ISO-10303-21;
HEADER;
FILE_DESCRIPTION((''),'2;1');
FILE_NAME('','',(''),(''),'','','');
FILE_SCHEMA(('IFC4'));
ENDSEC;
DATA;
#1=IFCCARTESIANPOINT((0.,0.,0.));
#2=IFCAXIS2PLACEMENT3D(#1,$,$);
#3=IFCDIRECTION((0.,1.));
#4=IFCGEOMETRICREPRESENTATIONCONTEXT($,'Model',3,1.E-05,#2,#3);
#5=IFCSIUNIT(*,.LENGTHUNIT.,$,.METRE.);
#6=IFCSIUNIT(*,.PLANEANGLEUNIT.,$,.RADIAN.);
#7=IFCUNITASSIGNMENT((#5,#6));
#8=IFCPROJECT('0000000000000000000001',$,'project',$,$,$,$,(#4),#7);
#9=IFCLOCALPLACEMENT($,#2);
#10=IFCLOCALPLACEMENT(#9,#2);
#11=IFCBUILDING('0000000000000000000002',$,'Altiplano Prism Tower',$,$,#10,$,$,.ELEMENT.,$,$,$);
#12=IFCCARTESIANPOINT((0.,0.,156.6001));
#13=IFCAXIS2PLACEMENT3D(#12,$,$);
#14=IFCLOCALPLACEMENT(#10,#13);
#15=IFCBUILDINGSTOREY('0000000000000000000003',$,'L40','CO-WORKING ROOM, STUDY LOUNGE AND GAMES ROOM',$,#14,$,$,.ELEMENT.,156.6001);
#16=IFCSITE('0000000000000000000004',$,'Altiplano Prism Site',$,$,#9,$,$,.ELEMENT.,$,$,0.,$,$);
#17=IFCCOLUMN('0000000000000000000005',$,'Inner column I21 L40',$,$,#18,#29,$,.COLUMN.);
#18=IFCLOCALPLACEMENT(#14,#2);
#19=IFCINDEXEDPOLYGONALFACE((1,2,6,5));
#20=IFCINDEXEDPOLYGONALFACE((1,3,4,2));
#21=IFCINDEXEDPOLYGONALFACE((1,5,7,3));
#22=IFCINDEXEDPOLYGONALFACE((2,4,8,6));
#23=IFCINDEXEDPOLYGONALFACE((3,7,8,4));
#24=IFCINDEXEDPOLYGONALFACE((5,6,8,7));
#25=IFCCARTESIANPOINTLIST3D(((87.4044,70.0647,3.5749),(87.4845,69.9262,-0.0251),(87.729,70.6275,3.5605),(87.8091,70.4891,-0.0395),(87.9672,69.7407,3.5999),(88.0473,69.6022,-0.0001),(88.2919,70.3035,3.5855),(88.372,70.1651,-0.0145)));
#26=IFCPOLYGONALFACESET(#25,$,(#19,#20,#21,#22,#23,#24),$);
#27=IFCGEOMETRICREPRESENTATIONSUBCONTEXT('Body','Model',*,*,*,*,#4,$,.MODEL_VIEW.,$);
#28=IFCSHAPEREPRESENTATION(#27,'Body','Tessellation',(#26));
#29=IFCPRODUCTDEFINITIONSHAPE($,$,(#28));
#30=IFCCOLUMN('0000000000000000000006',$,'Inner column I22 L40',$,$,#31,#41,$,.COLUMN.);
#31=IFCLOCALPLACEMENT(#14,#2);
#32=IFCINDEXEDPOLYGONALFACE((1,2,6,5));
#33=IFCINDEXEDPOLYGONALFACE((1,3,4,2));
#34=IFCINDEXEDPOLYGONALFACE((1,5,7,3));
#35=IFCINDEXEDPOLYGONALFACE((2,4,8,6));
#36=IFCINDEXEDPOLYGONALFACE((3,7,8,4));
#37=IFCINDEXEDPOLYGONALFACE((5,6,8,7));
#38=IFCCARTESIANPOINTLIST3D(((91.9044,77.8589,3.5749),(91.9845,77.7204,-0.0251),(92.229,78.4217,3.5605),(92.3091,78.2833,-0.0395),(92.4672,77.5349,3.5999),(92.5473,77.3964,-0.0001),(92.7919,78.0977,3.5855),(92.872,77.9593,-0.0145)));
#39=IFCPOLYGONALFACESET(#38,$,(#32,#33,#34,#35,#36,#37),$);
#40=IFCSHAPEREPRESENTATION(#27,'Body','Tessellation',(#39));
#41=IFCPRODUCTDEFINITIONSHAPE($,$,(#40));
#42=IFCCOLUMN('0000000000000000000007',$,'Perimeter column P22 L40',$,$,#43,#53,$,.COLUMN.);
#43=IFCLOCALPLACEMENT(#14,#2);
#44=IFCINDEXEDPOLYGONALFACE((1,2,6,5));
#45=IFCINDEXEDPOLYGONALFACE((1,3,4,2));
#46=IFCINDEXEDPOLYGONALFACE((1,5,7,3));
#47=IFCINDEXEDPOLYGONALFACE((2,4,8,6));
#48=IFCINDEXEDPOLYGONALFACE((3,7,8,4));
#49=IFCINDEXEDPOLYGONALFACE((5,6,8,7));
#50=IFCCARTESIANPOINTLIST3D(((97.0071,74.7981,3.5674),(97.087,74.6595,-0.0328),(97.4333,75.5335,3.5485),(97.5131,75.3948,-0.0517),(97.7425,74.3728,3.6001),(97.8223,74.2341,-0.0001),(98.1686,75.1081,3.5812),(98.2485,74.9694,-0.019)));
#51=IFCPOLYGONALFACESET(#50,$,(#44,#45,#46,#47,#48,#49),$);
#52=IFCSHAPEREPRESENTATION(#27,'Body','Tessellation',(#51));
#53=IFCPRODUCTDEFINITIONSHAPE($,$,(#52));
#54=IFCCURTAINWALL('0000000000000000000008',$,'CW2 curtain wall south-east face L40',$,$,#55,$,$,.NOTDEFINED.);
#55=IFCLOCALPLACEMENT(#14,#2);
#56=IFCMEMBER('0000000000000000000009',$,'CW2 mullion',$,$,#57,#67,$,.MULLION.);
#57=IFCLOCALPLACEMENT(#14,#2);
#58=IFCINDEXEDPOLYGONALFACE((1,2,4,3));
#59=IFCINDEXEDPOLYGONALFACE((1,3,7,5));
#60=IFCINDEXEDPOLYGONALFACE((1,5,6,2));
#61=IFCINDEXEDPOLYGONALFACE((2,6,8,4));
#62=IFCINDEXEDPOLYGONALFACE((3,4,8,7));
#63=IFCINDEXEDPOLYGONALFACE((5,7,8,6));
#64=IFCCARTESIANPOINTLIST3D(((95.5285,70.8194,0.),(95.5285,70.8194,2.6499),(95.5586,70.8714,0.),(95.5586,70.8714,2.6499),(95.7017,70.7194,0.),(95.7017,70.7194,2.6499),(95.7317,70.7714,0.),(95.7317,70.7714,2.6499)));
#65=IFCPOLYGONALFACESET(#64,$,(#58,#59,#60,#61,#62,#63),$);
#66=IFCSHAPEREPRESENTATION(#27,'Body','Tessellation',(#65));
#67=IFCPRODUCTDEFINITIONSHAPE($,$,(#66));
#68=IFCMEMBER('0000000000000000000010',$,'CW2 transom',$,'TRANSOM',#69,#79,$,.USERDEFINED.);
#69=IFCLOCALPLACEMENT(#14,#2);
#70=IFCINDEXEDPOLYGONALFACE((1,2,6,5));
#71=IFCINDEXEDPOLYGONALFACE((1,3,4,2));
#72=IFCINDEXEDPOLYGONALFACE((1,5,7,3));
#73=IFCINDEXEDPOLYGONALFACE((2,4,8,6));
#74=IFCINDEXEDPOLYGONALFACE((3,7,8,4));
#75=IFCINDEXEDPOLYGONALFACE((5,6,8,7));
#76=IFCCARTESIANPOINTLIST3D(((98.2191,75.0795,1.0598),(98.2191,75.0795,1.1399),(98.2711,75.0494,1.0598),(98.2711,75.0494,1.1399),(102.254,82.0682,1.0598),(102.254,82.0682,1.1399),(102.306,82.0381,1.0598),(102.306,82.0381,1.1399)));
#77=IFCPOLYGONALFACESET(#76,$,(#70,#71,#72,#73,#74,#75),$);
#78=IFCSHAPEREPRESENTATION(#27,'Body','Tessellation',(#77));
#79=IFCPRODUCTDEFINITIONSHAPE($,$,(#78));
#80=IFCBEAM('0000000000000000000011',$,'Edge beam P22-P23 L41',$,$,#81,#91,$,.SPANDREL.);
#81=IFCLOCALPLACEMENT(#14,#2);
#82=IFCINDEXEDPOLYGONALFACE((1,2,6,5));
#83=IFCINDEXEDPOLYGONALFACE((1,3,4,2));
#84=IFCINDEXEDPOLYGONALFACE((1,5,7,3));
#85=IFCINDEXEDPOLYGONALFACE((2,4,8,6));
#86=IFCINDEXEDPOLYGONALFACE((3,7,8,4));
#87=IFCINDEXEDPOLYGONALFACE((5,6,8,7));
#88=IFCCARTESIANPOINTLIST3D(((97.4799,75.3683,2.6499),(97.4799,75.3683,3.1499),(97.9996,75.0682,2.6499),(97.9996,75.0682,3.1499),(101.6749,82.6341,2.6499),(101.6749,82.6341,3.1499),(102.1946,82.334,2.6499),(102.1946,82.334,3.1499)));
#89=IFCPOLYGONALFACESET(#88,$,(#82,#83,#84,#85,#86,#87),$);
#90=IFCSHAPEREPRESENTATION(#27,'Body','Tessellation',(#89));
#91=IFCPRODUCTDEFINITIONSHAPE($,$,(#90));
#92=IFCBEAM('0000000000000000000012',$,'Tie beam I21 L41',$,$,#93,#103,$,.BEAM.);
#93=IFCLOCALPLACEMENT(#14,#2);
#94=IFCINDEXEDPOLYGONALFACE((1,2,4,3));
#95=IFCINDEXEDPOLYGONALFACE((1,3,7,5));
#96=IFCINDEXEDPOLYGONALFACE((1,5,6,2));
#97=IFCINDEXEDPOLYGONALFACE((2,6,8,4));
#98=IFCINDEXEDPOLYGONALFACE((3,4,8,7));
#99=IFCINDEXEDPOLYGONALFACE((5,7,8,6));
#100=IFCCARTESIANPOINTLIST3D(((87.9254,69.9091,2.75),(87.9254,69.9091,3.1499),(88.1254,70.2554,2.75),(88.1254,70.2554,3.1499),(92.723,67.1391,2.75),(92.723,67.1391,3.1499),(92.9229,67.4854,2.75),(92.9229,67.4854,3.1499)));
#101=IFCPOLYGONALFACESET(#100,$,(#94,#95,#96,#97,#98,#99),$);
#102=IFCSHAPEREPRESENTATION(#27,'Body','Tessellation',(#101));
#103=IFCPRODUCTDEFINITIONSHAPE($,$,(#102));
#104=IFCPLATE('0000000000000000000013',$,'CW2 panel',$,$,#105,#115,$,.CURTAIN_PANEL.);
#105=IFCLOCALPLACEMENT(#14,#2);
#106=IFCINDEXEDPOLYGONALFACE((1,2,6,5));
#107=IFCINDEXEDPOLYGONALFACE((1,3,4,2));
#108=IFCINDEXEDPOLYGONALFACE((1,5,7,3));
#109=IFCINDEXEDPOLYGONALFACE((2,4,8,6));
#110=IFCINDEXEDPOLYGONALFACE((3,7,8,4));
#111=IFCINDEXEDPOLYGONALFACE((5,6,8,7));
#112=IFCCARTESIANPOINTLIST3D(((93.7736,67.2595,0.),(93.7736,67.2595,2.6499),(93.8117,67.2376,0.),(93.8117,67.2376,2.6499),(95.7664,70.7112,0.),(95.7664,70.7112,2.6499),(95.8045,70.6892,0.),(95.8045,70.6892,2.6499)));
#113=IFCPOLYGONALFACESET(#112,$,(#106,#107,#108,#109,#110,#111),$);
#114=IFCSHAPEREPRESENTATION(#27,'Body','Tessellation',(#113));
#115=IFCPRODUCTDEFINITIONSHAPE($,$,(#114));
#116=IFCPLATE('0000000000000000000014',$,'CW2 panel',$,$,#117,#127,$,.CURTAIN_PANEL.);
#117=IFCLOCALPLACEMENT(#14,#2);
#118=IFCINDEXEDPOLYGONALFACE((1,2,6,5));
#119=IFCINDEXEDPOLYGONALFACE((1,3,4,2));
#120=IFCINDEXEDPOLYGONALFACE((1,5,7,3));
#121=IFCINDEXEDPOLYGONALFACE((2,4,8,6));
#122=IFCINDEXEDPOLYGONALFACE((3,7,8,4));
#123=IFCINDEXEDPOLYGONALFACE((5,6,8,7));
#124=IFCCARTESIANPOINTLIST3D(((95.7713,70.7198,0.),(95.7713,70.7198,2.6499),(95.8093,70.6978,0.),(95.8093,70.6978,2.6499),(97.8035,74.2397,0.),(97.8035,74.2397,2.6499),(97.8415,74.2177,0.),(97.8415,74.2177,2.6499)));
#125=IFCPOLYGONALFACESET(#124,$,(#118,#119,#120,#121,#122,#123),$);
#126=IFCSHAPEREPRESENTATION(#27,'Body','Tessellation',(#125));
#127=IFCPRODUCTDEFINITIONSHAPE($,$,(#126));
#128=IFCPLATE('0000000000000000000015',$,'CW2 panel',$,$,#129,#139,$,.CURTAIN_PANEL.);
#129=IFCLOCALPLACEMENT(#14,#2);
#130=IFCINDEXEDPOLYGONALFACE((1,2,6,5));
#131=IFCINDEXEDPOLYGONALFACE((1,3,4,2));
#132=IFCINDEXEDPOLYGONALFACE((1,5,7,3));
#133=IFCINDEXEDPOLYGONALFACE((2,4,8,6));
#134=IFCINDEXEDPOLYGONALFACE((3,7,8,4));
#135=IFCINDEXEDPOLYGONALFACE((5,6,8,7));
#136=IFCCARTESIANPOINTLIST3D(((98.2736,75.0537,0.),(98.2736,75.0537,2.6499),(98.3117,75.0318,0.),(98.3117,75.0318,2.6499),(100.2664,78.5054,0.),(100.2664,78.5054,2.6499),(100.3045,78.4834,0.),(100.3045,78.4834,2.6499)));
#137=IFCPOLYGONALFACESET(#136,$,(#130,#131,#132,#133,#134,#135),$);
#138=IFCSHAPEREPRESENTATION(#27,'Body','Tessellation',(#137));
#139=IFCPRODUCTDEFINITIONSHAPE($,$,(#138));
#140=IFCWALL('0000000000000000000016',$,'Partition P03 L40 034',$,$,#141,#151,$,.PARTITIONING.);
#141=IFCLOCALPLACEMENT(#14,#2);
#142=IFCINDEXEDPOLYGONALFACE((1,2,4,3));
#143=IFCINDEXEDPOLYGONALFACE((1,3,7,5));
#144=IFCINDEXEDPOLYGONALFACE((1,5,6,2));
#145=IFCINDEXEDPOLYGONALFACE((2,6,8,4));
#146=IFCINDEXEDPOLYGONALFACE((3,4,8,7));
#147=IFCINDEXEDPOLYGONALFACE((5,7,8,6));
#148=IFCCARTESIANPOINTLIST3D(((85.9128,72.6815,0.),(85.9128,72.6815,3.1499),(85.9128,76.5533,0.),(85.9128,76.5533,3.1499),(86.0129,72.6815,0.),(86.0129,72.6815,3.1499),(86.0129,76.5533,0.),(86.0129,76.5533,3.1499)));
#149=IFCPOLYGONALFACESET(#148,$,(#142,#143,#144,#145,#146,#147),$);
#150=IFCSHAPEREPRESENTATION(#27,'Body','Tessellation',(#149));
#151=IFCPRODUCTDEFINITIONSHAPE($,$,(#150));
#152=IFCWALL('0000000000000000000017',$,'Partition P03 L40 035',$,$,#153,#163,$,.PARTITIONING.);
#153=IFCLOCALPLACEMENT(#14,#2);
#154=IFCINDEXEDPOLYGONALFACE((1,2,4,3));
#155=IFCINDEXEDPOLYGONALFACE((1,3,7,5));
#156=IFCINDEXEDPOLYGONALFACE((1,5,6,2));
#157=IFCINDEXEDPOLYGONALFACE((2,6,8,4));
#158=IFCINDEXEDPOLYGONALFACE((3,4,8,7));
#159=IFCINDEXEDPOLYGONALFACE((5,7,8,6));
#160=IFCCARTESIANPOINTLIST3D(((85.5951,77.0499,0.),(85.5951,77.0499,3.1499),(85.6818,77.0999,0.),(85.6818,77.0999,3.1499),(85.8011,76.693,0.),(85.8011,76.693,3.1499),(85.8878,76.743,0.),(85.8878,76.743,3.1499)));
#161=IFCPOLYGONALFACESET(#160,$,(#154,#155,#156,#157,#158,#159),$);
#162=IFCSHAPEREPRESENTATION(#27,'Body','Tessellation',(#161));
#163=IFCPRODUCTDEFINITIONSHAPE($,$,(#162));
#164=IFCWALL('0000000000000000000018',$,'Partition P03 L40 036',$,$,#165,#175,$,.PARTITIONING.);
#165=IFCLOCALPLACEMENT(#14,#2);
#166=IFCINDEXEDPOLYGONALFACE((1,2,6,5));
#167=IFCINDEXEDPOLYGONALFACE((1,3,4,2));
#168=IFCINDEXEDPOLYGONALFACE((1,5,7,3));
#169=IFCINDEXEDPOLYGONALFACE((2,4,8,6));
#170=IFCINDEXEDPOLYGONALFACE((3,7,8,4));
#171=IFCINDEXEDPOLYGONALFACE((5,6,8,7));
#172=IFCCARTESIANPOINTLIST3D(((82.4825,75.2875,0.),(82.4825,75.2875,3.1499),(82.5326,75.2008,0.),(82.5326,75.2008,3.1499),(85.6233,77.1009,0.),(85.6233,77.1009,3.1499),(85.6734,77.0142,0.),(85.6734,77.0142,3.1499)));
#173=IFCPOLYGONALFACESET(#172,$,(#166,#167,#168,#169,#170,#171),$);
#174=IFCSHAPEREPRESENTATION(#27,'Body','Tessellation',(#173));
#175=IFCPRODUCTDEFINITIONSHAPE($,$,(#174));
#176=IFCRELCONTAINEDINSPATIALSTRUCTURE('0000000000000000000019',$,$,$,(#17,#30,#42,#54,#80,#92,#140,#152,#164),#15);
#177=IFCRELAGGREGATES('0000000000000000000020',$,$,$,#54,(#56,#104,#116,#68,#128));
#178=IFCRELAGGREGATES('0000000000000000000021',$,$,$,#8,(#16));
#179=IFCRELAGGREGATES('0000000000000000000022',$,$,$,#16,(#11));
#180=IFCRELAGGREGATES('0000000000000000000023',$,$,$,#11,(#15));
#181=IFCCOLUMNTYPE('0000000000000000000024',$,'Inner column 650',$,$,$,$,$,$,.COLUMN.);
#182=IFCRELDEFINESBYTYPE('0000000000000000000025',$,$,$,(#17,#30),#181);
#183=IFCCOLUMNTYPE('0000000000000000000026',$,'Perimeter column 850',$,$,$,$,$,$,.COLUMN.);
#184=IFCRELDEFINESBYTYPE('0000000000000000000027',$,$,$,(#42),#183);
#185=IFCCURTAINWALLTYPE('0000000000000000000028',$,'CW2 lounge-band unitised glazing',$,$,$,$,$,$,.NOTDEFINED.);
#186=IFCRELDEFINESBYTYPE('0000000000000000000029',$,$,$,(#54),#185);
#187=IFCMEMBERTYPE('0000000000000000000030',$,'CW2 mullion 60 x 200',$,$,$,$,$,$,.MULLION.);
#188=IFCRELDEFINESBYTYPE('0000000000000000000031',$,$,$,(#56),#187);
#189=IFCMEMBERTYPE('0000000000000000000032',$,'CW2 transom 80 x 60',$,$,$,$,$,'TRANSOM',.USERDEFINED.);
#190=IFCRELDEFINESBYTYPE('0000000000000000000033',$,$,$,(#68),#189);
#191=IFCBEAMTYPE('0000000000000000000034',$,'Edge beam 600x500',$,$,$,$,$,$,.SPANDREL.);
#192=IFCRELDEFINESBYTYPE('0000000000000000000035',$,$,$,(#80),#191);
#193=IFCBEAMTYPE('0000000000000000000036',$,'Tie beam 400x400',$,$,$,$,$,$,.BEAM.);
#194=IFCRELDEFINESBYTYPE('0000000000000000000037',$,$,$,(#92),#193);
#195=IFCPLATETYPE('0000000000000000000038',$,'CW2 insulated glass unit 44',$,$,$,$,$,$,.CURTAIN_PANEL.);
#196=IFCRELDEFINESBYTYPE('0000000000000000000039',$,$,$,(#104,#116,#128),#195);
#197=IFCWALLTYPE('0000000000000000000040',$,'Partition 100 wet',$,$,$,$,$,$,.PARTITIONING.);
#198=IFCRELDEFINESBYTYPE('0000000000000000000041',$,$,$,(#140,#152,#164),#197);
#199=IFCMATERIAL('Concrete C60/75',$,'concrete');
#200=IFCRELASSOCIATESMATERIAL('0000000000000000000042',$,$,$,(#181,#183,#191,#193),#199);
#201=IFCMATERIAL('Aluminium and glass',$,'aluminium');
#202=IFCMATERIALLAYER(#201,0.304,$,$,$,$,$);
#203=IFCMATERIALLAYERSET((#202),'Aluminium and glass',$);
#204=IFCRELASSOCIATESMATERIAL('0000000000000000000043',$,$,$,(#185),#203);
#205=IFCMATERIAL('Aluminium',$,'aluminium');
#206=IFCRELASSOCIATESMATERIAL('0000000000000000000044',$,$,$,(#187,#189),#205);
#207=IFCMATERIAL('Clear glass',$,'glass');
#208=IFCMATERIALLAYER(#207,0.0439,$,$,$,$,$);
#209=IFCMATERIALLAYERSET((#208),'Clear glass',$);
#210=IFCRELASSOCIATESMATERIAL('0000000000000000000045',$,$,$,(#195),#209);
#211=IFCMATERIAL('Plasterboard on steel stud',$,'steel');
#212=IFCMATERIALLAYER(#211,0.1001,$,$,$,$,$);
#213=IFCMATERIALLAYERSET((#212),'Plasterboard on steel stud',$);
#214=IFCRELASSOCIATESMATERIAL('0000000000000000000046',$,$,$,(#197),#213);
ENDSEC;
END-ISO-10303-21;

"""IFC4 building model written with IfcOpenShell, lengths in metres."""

from ifc_helpers import new_model, si_unit, direction, frame, frame_2d, origin, origin_2d, place, context, subcontext, project, spatial, rectangle, extrude, material, layer, layer_set, material_profile, profile_set, type_object, element, aggregate, save


model = new_model("IFC4")

# Units and contexts
model_context = context("Model", 3, precision=1e-05, world=origin(), true_north=direction((0.0, 1.0)))
body_context = subcontext(model_context, "Body", "Model", "MODEL_VIEW")
ifc_project = project(units=[si_unit("LENGTHUNIT", "METRE"), si_unit("PLANEANGLEUNIT", "RADIAN")], contexts=[model_context])

# Site, building, storey
site_placement = place(None, origin())
site = spatial("IfcSite", under=ifc_project, at=site_placement, Name="Altiplano Prism Site", CompositionType="ELEMENT", RefElevation=0.0)
building_placement = place(site_placement, origin())
building = spatial("IfcBuilding", under=site, at=building_placement, Name="Altiplano Prism Tower", CompositionType="ELEMENT")
storey_placement = place(building_placement, frame((0.0, 0.0, 156.6001)))
storey = spatial("IfcBuildingStorey", under=building, at=storey_placement, Name="L40", Description="CO-WORKING ROOM, STUDY LOUNGE AND GAMES ROOM", CompositionType="ELEMENT", Elevation=156.6001)

# Columns
ifc_material_1 = material(Name="Concrete C60/75", Category="concrete")
ifc_material_profile_1 = material_profile(ifc_material_1, rectangle(XDim=0.6499, YDim=0.6499, at=origin_2d()), Name="Inner column 650")
ifc_profile_set_1 = profile_set([ifc_material_profile_1], Name="Concrete C60/75")
column_type_1 = type_object("IfcColumnType", Name="Inner column 650", PredefinedType="COLUMN", material=ifc_profile_set_1)
for number, where, z_axis, x_axis, name in (
    (1, (87.9282, 70.0457, -0.0198), (-0.022223, 0.038416, 0.999015), (-0.499508, -0.866025, 0.02219), "Inner column I21 L40"),
    (2, (92.4282, 77.8398, -0.0198), (-0.022223, 0.038416, 0.999015), (-0.499508, -0.866025, 0.02219), "Inner column I22 L40"),
):
    element("IfcColumn", number, at=place(storey_placement, frame(where, z_axis=z_axis, x_axis=x_axis)), inside=storey, type_object=column_type_1, Name=name, PredefinedType="COLUMN", context=body_context, shape_type="SweptSolid", body=[
        extrude(rectangle(XDim=0.6499, YDim=0.6499, at=origin_2d()), origin(), (0.0, 0.0, 1.0), 3.6035),
    ])
ifc_material_profile_2 = material_profile(ifc_material_1, rectangle(XDim=0.8501, YDim=0.8501, at=origin_2d()), Name="Perimeter column 850")
ifc_profile_set_2 = profile_set([ifc_material_profile_2], Name="Concrete C60/75")
column_type_2 = type_object("IfcColumnType", Name="Perimeter column 850", PredefinedType="COLUMN", material=ifc_profile_set_2)
column_placement = place(storey_placement, frame((97.6677, 74.8145, -0.0259), z_axis=(-0.022154, 0.038481, 0.999014), x_axis=(-0.501313, -0.864981, 0.022201)))
element("IfcColumn", 3, at=column_placement, inside=storey, type_object=column_type_2, Name="Perimeter column P22 L40", PredefinedType="COLUMN", context=body_context, shape_type="SweptSolid", body=[
    extrude(rectangle(XDim=0.8501, YDim=0.8501, at=origin_2d()), origin(), (0.0, 0.0, 1.0), 3.6038),
])

# Curtain wall, members
ifc_material_2 = material(Name="Aluminium and glass", Category="aluminium")
ifc_layer_1 = layer(ifc_material_2, 0.304)
ifc_layer_set_1 = layer_set([ifc_layer_1], Name="Aluminium and glass")
curtain_wall_type = type_object("IfcCurtainWallType", Name="CW2 lounge-band unitised glazing", PredefinedType="NOTDEFINED", material=ifc_layer_set_1)
curtain_wall_placement = place(storey_placement, origin())
curtain_wall = element("IfcCurtainWall", 4, at=curtain_wall_placement, inside=storey, type_object=curtain_wall_type, Name="CW2 curtain wall south-east face L40", PredefinedType="NOTDEFINED")
ifc_material_3 = material(Name="Aluminium", Category="aluminium")
ifc_material_profile_3 = material_profile(ifc_material_3, rectangle(XDim=0.2, YDim=0.0601, at=origin_2d()), Name="CW2 mullion 60 x 200")
ifc_profile_set_3 = profile_set([ifc_material_profile_3], Name="Aluminium")
member_type_1 = type_object("IfcMemberType", Name="CW2 mullion 60 x 200", PredefinedType="MULLION", material=ifc_profile_set_3)
member_1_placement = place(storey_placement, frame((95.6301, 70.7954, 0.0), z_axis=(0.0, 0.0, 1.0), x_axis=(-0.866025, 0.5, 0.0)))
member_1 = element("IfcMember", 5, at=member_1_placement, type_object=member_type_1, Name="CW2 mullion", PredefinedType="MULLION", context=body_context, shape_type="SweptSolid", body=[
    extrude(rectangle(XDim=0.2, YDim=0.0601, at=origin_2d()), origin(), (0.0, 0.0, 1.0), 2.6499),
])
ifc_material_profile_4 = material_profile(ifc_material_3, rectangle(XDim=0.0601, YDim=0.0801, at=origin_2d()), Name="CW2 transom 80 x 60")
ifc_profile_set_4 = profile_set([ifc_material_profile_4], Name="Aluminium")
member_type_2 = type_object("IfcMemberType", Name="CW2 transom 80 x 60", ElementType="TRANSOM", PredefinedType="USERDEFINED", material=ifc_profile_set_4)
member_2_placement = place(storey_placement, frame((98.2451, 75.0645, 1.0999), z_axis=(0.499995, 0.866028, 0.0), x_axis=(-0.866028, 0.499995, 0.0)))
member_2 = element("IfcMember", 6, at=member_2_placement, type_object=member_type_2, Name="CW2 transom", ObjectType="TRANSOM", PredefinedType="USERDEFINED", context=body_context, shape_type="SweptSolid", body=[
    extrude(rectangle(XDim=0.0601, YDim=0.0801, at=origin_2d()), origin(), (0.0, 0.0, 1.0), 8.0698),
])

# Beams
ifc_material_profile_5 = material_profile(ifc_material_1, rectangle(XDim=0.6001, YDim=0.5, at=origin_2d()), Name="Edge beam 600x500")
ifc_profile_set_5 = profile_set([ifc_material_profile_5], Name="Concrete C60/75")
beam_type_1 = type_object("IfcBeamType", Name="Edge beam 600x500", PredefinedType="SPANDREL", material=ifc_profile_set_5)
beam_1_placement = place(storey_placement, frame((97.7397, 75.2183, 2.8999), z_axis=(0.50001, 0.866019, 0.0), x_axis=(-0.866019, 0.50001, 0.0)))
element("IfcBeam", 7, at=beam_1_placement, inside=storey, type_object=beam_type_1, Name="Edge beam P22-P23 L41", PredefinedType="SPANDREL", context=body_context, shape_type="SweptSolid", body=[
    extrude(rectangle(XDim=0.6001, YDim=0.5, at=origin_2d()), origin(), (0.0, 0.0, 1.0), 8.3899),
])
ifc_material_profile_6 = material_profile(ifc_material_1, rectangle(XDim=0.3999, YDim=0.3999, at=origin_2d()), Name="Tie beam 400x400")
ifc_profile_set_6 = profile_set([ifc_material_profile_6], Name="Concrete C60/75")
beam_type_2 = type_object("IfcBeamType", Name="Tie beam 400x400", PredefinedType="BEAM", material=ifc_profile_set_6)
beam_2_placement = place(storey_placement, frame((88.0254, 70.0823, 2.95), z_axis=(0.866016, -0.500016, 0.0), x_axis=(0.500016, 0.866016, 0.0)))
element("IfcBeam", 8, at=beam_2_placement, inside=storey, type_object=beam_type_2, Name="Tie beam I21 L41", PredefinedType="BEAM", context=body_context, shape_type="SweptSolid", body=[
    extrude(rectangle(XDim=0.3999, YDim=0.3999, at=origin_2d()), origin(), (0.0, 0.0, 1.0), 5.5398),
])

# Plates
ifc_material_4 = material(Name="Clear glass", Category="glass")
ifc_layer_2 = layer(ifc_material_4, 0.0439)
ifc_layer_set_2 = layer_set([ifc_layer_2], Name="Clear glass")
plate_type = type_object("IfcPlateType", Name="CW2 insulated glass unit 44", PredefinedType="CURTAIN_PANEL", material=ifc_layer_set_2)
plate_1_placement = place(storey_placement, frame((94.7891, 68.9744, 0.0), z_axis=(0.0, 0.0, 1.0), x_axis=(0.5, 0.866025, 0.0)))
plate_1 = element("IfcPlate", 9, at=plate_1_placement, type_object=plate_type, Name="CW2 panel", PredefinedType="CURTAIN_PANEL", context=body_context, shape_type="SweptSolid", body=[
    extrude(rectangle(XDim=3.9856, YDim=0.0439, at=origin_2d()), origin(), (0.0, 0.0, 1.0), 2.6499),
])
plate_2_placement = place(storey_placement, frame((96.8064, 72.4688, 0.0), z_axis=(0.0, 0.0, 1.0), x_axis=(0.5, 0.866025, 0.0)))
plate_2 = element("IfcPlate", 10, at=plate_2_placement, type_object=plate_type, Name="CW2 panel", PredefinedType="CURTAIN_PANEL", context=body_context, shape_type="SweptSolid", body=[
    extrude(rectangle(XDim=4.0645, YDim=0.0439, at=origin_2d()), origin(), (0.0, 0.0, 1.0), 2.6499),
])
plate_3_placement = place(storey_placement, frame((99.2891, 76.7686, 0.0), z_axis=(0.0, 0.0, 1.0), x_axis=(0.5, 0.866025, 0.0)))
plate_3 = element("IfcPlate", 11, at=plate_3_placement, type_object=plate_type, Name="CW2 panel", PredefinedType="CURTAIN_PANEL", context=body_context, shape_type="SweptSolid", body=[
    extrude(rectangle(XDim=3.9856, YDim=0.0439, at=origin_2d()), origin(), (0.0, 0.0, 1.0), 2.6499),
])
aggregate(curtain_wall, [member_1, plate_1, plate_2, member_2, plate_3])

# Walls
ifc_material_5 = material(Name="Plasterboard on steel stud", Category="steel")
ifc_layer_3 = layer(ifc_material_5, 0.1001)
ifc_layer_set_3 = layer_set([ifc_layer_3], Name="Plasterboard on steel stud")
wall_type_1 = type_object("IfcWallType", Name="Partition 100 wet", PredefinedType="PARTITIONING", material=ifc_layer_set_3)
wall_1_placement = place(storey_placement, frame((85.9629, 72.6814, 0.0), z_axis=(0.0, 0.0, 1.0), x_axis=(0.0, 1.0, 0.0)))
element("IfcWall", 12, at=wall_1_placement, inside=storey, type_object=wall_type_1, Name="Partition P03 L40 034", PredefinedType="PARTITIONING", context=body_context, shape_type="SweptSolid", body=[
    extrude(rectangle(XDim=3.8718, YDim=0.1001, at=frame_2d((1.936, 0.0))), origin(), (0.0, 0.0, 1.0), 3.1499),
])
wall_2_placement = place(storey_placement, frame((85.8445, 76.718, 0.0), z_axis=(0.0, 0.0, 1.0), x_axis=(-0.499962, 0.866047, 0.0)))
element("IfcWall", 13, at=wall_2_placement, inside=storey, type_object=wall_type_1, Name="Partition P03 L40 035", PredefinedType="PARTITIONING", context=body_context, shape_type="SweptSolid", body=[
    extrude(rectangle(XDim=0.4121, YDim=0.1001, at=frame_2d((0.2061, 0.0))), origin(), (0.0, 0.0, 1.0), 3.1499),
])
wall_3_placement = place(storey_placement, frame((85.6484, 77.0576, 0.0), z_axis=(0.0, 0.0, 1.0), x_axis=(-0.866014, -0.50002, 0.0)))
element("IfcWall", 14, at=wall_3_placement, inside=storey, type_object=wall_type_1, Name="Partition P03 L40 036", PredefinedType="PARTITIONING", context=body_context, shape_type="SweptSolid", body=[
    extrude(rectangle(XDim=3.6267, YDim=0.1001, at=frame_2d((1.8135, 0.0))), origin(), (0.0, 0.0, 1.0), 3.1499),
])

save(model, "model.ifc")
